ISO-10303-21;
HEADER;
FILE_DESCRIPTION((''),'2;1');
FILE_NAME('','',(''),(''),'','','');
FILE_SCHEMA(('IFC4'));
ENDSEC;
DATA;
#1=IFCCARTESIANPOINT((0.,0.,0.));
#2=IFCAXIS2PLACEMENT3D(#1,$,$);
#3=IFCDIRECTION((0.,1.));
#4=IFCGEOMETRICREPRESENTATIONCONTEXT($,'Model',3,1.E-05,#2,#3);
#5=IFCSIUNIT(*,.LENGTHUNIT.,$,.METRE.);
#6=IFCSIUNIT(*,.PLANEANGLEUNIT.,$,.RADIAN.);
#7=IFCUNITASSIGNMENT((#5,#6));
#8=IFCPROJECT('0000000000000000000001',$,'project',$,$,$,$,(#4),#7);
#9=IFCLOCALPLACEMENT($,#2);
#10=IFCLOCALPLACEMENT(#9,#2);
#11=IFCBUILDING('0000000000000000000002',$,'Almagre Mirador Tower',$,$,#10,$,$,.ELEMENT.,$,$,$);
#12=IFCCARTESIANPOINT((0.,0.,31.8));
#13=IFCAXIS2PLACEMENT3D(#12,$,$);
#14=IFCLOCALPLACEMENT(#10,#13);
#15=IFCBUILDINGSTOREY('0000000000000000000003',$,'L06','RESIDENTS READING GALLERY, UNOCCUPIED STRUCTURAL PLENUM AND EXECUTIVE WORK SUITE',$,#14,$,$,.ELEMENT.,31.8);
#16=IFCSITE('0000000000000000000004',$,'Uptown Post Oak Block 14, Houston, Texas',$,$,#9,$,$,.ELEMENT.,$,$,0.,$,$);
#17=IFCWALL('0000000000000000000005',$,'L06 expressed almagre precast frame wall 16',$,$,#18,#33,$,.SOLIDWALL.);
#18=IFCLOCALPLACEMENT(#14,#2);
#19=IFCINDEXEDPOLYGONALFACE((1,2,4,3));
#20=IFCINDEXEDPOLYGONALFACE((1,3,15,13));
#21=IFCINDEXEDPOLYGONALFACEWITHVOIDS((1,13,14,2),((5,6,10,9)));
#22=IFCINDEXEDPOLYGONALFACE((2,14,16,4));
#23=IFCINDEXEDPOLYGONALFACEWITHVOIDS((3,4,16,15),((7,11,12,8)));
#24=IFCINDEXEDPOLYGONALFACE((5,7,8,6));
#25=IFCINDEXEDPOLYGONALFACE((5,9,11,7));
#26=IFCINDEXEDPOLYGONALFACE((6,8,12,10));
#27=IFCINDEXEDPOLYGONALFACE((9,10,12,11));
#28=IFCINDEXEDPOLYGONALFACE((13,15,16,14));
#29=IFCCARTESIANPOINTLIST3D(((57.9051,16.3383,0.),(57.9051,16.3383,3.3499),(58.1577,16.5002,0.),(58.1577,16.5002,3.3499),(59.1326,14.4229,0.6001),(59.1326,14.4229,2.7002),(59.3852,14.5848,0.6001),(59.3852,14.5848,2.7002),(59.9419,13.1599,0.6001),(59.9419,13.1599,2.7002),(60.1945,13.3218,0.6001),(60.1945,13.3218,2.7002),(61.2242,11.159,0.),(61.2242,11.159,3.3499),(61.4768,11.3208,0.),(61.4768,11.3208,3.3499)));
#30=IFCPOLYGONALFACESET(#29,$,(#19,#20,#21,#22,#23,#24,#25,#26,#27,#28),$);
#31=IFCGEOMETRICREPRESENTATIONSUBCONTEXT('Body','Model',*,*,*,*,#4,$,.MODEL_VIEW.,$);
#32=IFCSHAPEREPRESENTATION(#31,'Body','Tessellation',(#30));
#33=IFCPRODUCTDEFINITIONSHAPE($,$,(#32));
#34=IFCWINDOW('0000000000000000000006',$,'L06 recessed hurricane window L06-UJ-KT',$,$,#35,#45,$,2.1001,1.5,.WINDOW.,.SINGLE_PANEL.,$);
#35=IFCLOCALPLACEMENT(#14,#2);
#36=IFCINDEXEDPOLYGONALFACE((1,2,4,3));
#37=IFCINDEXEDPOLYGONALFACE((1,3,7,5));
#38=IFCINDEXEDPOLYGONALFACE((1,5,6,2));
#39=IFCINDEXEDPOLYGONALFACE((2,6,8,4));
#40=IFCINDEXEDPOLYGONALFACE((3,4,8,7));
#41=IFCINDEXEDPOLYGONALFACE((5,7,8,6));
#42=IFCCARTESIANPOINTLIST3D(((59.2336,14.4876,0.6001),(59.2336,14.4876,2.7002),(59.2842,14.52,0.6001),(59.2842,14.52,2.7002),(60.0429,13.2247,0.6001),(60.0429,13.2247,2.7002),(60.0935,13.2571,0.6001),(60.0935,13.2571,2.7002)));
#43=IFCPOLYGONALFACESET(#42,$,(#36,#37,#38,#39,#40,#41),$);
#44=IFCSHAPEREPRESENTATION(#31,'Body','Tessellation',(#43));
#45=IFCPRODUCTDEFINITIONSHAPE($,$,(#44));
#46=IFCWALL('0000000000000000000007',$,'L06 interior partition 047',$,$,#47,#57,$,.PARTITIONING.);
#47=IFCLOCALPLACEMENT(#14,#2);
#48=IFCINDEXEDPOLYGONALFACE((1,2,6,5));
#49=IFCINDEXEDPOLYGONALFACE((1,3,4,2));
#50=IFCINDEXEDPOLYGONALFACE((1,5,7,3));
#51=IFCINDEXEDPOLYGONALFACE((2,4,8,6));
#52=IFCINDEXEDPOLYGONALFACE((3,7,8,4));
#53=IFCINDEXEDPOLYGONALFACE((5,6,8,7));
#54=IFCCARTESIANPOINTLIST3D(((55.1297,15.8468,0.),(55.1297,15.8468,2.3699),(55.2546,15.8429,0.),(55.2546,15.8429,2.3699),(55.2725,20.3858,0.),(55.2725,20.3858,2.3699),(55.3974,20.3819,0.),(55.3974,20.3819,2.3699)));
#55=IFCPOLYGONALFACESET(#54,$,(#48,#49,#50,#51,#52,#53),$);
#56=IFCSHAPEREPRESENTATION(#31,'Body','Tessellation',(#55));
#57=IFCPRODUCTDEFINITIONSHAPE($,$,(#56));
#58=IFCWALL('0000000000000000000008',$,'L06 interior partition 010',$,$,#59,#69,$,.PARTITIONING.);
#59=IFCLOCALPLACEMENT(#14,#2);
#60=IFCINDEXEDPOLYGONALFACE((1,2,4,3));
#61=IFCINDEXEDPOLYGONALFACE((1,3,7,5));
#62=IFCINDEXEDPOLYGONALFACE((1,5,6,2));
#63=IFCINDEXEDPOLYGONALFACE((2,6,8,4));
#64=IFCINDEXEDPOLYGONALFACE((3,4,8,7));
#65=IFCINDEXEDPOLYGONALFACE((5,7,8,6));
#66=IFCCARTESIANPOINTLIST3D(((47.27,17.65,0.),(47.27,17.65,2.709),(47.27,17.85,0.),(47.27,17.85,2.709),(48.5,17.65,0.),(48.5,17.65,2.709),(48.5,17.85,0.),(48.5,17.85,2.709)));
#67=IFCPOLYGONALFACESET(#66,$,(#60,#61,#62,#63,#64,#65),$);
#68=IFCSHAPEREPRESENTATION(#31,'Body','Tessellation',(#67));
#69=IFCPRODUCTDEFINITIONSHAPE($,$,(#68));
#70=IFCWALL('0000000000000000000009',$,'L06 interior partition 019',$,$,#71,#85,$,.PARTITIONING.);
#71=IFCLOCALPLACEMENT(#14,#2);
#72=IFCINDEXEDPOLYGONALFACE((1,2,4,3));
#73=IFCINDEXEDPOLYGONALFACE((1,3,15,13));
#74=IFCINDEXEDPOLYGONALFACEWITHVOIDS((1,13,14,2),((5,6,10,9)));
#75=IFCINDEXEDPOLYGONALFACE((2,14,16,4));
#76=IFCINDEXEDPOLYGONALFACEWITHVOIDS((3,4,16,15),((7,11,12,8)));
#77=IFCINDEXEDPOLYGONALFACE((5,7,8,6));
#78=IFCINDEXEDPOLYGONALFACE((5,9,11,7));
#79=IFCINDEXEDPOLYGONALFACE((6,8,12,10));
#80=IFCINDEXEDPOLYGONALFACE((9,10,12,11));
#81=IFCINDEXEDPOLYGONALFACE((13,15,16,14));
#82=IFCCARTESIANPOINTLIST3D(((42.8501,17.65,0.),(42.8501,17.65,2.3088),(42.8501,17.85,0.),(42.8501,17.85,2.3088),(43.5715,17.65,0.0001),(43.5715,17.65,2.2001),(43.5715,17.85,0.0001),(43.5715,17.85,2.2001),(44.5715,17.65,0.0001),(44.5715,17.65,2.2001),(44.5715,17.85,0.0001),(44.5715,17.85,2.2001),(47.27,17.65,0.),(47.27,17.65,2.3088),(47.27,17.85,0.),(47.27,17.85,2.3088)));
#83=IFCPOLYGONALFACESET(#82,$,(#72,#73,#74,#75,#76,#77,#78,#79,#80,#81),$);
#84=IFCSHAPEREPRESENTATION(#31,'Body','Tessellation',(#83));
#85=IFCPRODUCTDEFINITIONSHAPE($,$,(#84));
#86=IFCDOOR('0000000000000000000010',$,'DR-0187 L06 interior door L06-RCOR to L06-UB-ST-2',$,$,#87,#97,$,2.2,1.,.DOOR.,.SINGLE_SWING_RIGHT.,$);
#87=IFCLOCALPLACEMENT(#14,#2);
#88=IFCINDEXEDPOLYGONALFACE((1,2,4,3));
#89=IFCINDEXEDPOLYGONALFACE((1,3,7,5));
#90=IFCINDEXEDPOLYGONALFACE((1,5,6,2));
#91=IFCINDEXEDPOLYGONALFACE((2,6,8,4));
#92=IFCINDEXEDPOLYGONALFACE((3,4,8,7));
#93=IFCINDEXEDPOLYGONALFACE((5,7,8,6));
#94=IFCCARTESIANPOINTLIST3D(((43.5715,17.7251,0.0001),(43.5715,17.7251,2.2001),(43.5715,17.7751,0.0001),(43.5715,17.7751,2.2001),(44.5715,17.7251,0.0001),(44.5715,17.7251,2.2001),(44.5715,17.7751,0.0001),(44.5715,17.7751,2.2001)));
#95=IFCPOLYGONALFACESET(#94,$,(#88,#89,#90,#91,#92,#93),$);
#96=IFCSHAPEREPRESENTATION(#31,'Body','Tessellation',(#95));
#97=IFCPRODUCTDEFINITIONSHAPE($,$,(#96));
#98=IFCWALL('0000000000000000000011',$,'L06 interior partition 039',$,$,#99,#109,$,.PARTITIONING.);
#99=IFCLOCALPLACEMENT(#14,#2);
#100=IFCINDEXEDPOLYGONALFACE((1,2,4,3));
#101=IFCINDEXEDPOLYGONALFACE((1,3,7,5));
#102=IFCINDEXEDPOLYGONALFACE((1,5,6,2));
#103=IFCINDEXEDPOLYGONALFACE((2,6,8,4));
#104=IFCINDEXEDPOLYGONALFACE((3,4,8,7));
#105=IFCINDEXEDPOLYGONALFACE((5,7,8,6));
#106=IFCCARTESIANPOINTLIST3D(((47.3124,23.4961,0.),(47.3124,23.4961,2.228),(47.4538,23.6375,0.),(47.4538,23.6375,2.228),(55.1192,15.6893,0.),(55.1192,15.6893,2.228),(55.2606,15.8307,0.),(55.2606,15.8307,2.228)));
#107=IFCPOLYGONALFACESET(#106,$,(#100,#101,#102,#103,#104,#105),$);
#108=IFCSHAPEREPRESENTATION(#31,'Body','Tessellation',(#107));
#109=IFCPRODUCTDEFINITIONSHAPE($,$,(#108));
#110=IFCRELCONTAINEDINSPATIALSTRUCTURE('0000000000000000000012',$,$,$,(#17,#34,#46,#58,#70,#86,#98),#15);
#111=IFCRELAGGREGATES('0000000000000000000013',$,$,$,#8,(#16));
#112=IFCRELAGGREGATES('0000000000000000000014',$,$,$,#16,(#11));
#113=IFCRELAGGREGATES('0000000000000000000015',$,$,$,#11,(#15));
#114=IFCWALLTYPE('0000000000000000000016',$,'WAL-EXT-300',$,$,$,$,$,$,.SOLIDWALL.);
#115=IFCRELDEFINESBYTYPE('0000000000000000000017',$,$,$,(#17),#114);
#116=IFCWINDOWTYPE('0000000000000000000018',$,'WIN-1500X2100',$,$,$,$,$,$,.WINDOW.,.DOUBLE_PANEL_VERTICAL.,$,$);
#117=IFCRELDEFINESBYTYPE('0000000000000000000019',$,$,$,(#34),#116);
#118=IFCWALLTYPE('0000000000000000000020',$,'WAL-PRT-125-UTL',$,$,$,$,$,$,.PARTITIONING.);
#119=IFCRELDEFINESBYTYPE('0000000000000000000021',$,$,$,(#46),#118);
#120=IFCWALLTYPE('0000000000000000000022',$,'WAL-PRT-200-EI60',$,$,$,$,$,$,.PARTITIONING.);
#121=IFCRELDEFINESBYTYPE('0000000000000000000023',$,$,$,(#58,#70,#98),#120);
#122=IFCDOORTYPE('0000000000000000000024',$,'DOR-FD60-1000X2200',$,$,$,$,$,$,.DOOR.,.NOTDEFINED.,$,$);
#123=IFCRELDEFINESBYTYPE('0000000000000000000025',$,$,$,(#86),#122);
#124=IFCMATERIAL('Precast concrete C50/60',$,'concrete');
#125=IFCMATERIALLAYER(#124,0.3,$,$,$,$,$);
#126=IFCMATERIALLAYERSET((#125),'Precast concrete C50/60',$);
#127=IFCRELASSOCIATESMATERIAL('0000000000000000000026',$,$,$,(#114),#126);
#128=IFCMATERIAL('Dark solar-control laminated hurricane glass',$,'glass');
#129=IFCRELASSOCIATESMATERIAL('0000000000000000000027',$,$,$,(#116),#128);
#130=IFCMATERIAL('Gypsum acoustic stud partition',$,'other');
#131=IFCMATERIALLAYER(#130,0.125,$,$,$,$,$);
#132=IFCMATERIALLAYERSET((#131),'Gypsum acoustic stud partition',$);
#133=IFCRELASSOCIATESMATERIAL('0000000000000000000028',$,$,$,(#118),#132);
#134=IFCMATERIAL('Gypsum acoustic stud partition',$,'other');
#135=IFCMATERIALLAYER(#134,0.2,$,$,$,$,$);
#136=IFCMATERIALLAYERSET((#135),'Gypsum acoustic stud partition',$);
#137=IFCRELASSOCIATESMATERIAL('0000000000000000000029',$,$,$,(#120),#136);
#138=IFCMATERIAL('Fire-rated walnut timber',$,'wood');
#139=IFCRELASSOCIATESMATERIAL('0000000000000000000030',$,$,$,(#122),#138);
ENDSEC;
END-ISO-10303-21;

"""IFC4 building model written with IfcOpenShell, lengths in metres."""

from ifc_helpers import new_model, si_unit, direction, frame, frame_2d, origin, place, context, subcontext, project, spatial, rectangle, extrude, material, layer, layer_set, type_object, element, fill, save


model = new_model("IFC4")

# Units and contexts
model_context = context("Model", 3, precision=1e-05, world=origin(), true_north=direction((0.0, 1.0)))
body_context = subcontext(model_context, "Body", "Model", "MODEL_VIEW")
ifc_project = project(units=[si_unit("LENGTHUNIT", "METRE"), si_unit("PLANEANGLEUNIT", "RADIAN")], contexts=[model_context])

# Site, building, storey
site_placement = place(None, origin())
site = spatial("IfcSite", under=ifc_project, at=site_placement, Name="Uptown Post Oak Block 14, Houston, Texas", CompositionType="ELEMENT", RefElevation=0.0)
building_placement = place(site_placement, origin())
building = spatial("IfcBuilding", under=site, at=building_placement, Name="Almagre Mirador Tower", CompositionType="ELEMENT")
storey_placement = place(building_placement, frame((0.0, 0.0, 31.8)))
storey = spatial("IfcBuildingStorey", under=building, at=storey_placement, Name="L06", Description="RESIDENTS READING GALLERY, UNOCCUPIED STRUCTURAL PLENUM AND EXECUTIVE WORK SUITE", CompositionType="ELEMENT", Elevation=31.8)

# Shared definitions
ifc_material_1 = material(Name="Precast concrete C50/60", Category="concrete")
ifc_layer_1 = layer(ifc_material_1, 0.3)
ifc_layer_set_1 = layer_set([ifc_layer_1], Name="Precast concrete C50/60")
wall_type_1 = type_object("IfcWallType", Name="WAL-EXT-300", PredefinedType="SOLIDWALL", material=ifc_layer_set_1)

# Wall, opening, window
wall_1_placement = place(storey_placement, frame((58.0315, 16.4192, 0.0), z_axis=(0.0, 0.0, 1.0), x_axis=(0.539543, -0.841958, 0.0)))
wall_1 = element("IfcWall", 1, at=wall_1_placement, inside=storey, type_object=wall_type_1, Name="L06 expressed almagre precast frame wall 16", PredefinedType="SOLIDWALL", context=body_context, shape_type="SweptSolid", body=[
    extrude(rectangle(XDim=6.1516, YDim=0.3, at=frame_2d((3.0757, 0.0))), origin(), (0.0, 0.0, 1.0), 3.3499),
])
opening_1_placement = place(wall_1_placement, frame((2.2749, 0.0, 0.6001)))
opening_1 = element("IfcOpeningElement", 2, at=opening_1_placement, cuts=wall_1, PredefinedType="OPENING", context=body_context, shape_type="SweptSolid", body=[
    extrude(rectangle(XDim=1.5, YDim=2.1001, at=frame_2d((0.75, 1.05))), frame((0.0, 0.1599, 0.0), z_axis=(0.0, -1.0, 0.0), x_axis=(1.0, 0.0, 0.0)), (0.0, 0.0, 1.0), 0.32),
])
ifc_material_2 = material(Name="Dark solar-control laminated hurricane glass", Category="glass")
window_type_1 = type_object("IfcWindowType", Name="WIN-1500X2100", PartitioningType="DOUBLE_PANEL_VERTICAL", PredefinedType="WINDOW", material=ifc_material_2)
window_1_placement = place(opening_1_placement, origin())
window_1 = element("IfcWindow", 3, at=window_1_placement, inside=storey, type_object=window_type_1, Name="L06 recessed hurricane window L06-UJ-KT", OverallHeight=2.1001, OverallWidth=1.5, PartitioningType="SINGLE_PANEL", PredefinedType="WINDOW", context=body_context, shape_type="SweptSolid", body=[
    extrude(rectangle(XDim=1.5, YDim=2.1001, at=frame_2d((0.75, 1.05))), frame((0.0, 0.03, 0.0), z_axis=(0.0, -1.0, 0.0), x_axis=(1.0, 0.0, 0.0)), (0.0, 0.0, 1.0), 0.0601),
])
fill(opening_1, window_1)

# Walls
ifc_material_3 = material(Name="Gypsum acoustic stud partition", Category="other")
ifc_layer_2 = layer(ifc_material_3, 0.125)
ifc_layer_set_2 = layer_set([ifc_layer_2], Name="Gypsum acoustic stud partition")
wall_type_2 = type_object("IfcWallType", Name="WAL-PRT-125-UTL", PredefinedType="PARTITIONING", material=ifc_layer_set_2)
wall_2_placement = place(storey_placement, frame((55.1921, 15.845, 0.0), z_axis=(0.0, 0.0, 1.0), x_axis=(0.03145, 0.999505, 0.0)))
element("IfcWall", 4, at=wall_2_placement, inside=storey, type_object=wall_type_2, Name="L06 interior partition 047", PredefinedType="PARTITIONING", context=body_context, shape_type="SweptSolid", body=[
    extrude(rectangle(XDim=4.5413, YDim=0.125, at=frame_2d((2.2705, 0.0))), origin(), (0.0, 0.0, 1.0), 2.3699),
])
ifc_material_4 = material(Name="Gypsum acoustic stud partition", Category="other")
ifc_layer_3 = layer(ifc_material_4, 0.2)
ifc_layer_set_3 = layer_set([ifc_layer_3], Name="Gypsum acoustic stud partition")
wall_type_3 = type_object("IfcWallType", Name="WAL-PRT-200-EI60", PredefinedType="PARTITIONING", material=ifc_layer_set_3)
wall_3_placement = place(storey_placement, frame((48.5, 17.75, 0.0), z_axis=(0.0, 0.0, 1.0), x_axis=(-1.0, 0.0, 0.0)))
element("IfcWall", 5, at=wall_3_placement, inside=storey, type_object=wall_type_3, Name="L06 interior partition 010", PredefinedType="PARTITIONING", context=body_context, shape_type="SweptSolid", body=[
    extrude(rectangle(XDim=1.23, YDim=0.2, at=frame_2d((0.615, 0.0))), origin(), (0.0, 0.0, 1.0), 2.709),
])

# Wall, opening, door
wall_4_placement = place(storey_placement, frame((47.27, 17.75, 0.0), z_axis=(0.0, 0.0, 1.0), x_axis=(-1.0, 0.0, 0.0)))
wall_4 = element("IfcWall", 6, at=wall_4_placement, inside=storey, type_object=wall_type_3, Name="L06 interior partition 019", PredefinedType="PARTITIONING", context=body_context, shape_type="SweptSolid", body=[
    extrude(rectangle(XDim=4.4199, YDim=0.2, at=frame_2d((2.21, 0.0))), origin(), (0.0, 0.0, 1.0), 2.3088),
])
opening_2_placement = place(wall_4_placement, frame((2.6985, 0.0, 0.0)))
opening_2 = element("IfcOpeningElement", 7, at=opening_2_placement, cuts=wall_4, PredefinedType="OPENING", context=body_context, shape_type="SweptSolid", body=[
    extrude(rectangle(XDim=1.0, YDim=2.2, at=frame_2d((0.5, 1.1001))), frame((0.0, 0.1101, 0.0), z_axis=(0.0, -1.0, 0.0), x_axis=(1.0, 0.0, 0.0)), (0.0, 0.0, 1.0), 0.22),
])
ifc_material_5 = material(Name="Fire-rated walnut timber", Category="wood")
door_type = type_object("IfcDoorType", Name="DOR-FD60-1000X2200", OperationType="NOTDEFINED", PredefinedType="DOOR", material=ifc_material_5)
door_placement = place(opening_2_placement, origin())
door = element("IfcDoor", 8, at=door_placement, inside=storey, type_object=door_type, Name="DR-0187 L06 interior door L06-RCOR to L06-UB-ST-2", OperationType="SINGLE_SWING_RIGHT", OverallHeight=2.2, OverallWidth=1.0, PredefinedType="DOOR", context=body_context, shape_type="SweptSolid", body=[
    extrude(rectangle(XDim=1.0, YDim=2.2, at=frame_2d((0.5, 1.1001))), frame((0.0, 0.0249, 0.0), z_axis=(0.0, -1.0, 0.0), x_axis=(1.0, 0.0, 0.0)), (0.0, 0.0, 1.0), 0.05),
])
fill(opening_2, door)

# Wall
wall_5_placement = place(storey_placement, frame((55.1899, 15.76, 0.0), z_axis=(0.0, 0.0, 1.0), x_axis=(-0.707107, 0.707107, 0.0)))
element("IfcWall", 9, at=wall_5_placement, inside=storey, type_object=wall_type_3, Name="L06 interior partition 039", PredefinedType="PARTITIONING", context=body_context, shape_type="SweptSolid", body=[
    extrude(rectangle(XDim=11.0405, YDim=0.2, at=frame_2d((5.5203, 0.0))), origin(), (0.0, 0.0, 1.0), 2.228),
])

save(model, "model.ifc")
